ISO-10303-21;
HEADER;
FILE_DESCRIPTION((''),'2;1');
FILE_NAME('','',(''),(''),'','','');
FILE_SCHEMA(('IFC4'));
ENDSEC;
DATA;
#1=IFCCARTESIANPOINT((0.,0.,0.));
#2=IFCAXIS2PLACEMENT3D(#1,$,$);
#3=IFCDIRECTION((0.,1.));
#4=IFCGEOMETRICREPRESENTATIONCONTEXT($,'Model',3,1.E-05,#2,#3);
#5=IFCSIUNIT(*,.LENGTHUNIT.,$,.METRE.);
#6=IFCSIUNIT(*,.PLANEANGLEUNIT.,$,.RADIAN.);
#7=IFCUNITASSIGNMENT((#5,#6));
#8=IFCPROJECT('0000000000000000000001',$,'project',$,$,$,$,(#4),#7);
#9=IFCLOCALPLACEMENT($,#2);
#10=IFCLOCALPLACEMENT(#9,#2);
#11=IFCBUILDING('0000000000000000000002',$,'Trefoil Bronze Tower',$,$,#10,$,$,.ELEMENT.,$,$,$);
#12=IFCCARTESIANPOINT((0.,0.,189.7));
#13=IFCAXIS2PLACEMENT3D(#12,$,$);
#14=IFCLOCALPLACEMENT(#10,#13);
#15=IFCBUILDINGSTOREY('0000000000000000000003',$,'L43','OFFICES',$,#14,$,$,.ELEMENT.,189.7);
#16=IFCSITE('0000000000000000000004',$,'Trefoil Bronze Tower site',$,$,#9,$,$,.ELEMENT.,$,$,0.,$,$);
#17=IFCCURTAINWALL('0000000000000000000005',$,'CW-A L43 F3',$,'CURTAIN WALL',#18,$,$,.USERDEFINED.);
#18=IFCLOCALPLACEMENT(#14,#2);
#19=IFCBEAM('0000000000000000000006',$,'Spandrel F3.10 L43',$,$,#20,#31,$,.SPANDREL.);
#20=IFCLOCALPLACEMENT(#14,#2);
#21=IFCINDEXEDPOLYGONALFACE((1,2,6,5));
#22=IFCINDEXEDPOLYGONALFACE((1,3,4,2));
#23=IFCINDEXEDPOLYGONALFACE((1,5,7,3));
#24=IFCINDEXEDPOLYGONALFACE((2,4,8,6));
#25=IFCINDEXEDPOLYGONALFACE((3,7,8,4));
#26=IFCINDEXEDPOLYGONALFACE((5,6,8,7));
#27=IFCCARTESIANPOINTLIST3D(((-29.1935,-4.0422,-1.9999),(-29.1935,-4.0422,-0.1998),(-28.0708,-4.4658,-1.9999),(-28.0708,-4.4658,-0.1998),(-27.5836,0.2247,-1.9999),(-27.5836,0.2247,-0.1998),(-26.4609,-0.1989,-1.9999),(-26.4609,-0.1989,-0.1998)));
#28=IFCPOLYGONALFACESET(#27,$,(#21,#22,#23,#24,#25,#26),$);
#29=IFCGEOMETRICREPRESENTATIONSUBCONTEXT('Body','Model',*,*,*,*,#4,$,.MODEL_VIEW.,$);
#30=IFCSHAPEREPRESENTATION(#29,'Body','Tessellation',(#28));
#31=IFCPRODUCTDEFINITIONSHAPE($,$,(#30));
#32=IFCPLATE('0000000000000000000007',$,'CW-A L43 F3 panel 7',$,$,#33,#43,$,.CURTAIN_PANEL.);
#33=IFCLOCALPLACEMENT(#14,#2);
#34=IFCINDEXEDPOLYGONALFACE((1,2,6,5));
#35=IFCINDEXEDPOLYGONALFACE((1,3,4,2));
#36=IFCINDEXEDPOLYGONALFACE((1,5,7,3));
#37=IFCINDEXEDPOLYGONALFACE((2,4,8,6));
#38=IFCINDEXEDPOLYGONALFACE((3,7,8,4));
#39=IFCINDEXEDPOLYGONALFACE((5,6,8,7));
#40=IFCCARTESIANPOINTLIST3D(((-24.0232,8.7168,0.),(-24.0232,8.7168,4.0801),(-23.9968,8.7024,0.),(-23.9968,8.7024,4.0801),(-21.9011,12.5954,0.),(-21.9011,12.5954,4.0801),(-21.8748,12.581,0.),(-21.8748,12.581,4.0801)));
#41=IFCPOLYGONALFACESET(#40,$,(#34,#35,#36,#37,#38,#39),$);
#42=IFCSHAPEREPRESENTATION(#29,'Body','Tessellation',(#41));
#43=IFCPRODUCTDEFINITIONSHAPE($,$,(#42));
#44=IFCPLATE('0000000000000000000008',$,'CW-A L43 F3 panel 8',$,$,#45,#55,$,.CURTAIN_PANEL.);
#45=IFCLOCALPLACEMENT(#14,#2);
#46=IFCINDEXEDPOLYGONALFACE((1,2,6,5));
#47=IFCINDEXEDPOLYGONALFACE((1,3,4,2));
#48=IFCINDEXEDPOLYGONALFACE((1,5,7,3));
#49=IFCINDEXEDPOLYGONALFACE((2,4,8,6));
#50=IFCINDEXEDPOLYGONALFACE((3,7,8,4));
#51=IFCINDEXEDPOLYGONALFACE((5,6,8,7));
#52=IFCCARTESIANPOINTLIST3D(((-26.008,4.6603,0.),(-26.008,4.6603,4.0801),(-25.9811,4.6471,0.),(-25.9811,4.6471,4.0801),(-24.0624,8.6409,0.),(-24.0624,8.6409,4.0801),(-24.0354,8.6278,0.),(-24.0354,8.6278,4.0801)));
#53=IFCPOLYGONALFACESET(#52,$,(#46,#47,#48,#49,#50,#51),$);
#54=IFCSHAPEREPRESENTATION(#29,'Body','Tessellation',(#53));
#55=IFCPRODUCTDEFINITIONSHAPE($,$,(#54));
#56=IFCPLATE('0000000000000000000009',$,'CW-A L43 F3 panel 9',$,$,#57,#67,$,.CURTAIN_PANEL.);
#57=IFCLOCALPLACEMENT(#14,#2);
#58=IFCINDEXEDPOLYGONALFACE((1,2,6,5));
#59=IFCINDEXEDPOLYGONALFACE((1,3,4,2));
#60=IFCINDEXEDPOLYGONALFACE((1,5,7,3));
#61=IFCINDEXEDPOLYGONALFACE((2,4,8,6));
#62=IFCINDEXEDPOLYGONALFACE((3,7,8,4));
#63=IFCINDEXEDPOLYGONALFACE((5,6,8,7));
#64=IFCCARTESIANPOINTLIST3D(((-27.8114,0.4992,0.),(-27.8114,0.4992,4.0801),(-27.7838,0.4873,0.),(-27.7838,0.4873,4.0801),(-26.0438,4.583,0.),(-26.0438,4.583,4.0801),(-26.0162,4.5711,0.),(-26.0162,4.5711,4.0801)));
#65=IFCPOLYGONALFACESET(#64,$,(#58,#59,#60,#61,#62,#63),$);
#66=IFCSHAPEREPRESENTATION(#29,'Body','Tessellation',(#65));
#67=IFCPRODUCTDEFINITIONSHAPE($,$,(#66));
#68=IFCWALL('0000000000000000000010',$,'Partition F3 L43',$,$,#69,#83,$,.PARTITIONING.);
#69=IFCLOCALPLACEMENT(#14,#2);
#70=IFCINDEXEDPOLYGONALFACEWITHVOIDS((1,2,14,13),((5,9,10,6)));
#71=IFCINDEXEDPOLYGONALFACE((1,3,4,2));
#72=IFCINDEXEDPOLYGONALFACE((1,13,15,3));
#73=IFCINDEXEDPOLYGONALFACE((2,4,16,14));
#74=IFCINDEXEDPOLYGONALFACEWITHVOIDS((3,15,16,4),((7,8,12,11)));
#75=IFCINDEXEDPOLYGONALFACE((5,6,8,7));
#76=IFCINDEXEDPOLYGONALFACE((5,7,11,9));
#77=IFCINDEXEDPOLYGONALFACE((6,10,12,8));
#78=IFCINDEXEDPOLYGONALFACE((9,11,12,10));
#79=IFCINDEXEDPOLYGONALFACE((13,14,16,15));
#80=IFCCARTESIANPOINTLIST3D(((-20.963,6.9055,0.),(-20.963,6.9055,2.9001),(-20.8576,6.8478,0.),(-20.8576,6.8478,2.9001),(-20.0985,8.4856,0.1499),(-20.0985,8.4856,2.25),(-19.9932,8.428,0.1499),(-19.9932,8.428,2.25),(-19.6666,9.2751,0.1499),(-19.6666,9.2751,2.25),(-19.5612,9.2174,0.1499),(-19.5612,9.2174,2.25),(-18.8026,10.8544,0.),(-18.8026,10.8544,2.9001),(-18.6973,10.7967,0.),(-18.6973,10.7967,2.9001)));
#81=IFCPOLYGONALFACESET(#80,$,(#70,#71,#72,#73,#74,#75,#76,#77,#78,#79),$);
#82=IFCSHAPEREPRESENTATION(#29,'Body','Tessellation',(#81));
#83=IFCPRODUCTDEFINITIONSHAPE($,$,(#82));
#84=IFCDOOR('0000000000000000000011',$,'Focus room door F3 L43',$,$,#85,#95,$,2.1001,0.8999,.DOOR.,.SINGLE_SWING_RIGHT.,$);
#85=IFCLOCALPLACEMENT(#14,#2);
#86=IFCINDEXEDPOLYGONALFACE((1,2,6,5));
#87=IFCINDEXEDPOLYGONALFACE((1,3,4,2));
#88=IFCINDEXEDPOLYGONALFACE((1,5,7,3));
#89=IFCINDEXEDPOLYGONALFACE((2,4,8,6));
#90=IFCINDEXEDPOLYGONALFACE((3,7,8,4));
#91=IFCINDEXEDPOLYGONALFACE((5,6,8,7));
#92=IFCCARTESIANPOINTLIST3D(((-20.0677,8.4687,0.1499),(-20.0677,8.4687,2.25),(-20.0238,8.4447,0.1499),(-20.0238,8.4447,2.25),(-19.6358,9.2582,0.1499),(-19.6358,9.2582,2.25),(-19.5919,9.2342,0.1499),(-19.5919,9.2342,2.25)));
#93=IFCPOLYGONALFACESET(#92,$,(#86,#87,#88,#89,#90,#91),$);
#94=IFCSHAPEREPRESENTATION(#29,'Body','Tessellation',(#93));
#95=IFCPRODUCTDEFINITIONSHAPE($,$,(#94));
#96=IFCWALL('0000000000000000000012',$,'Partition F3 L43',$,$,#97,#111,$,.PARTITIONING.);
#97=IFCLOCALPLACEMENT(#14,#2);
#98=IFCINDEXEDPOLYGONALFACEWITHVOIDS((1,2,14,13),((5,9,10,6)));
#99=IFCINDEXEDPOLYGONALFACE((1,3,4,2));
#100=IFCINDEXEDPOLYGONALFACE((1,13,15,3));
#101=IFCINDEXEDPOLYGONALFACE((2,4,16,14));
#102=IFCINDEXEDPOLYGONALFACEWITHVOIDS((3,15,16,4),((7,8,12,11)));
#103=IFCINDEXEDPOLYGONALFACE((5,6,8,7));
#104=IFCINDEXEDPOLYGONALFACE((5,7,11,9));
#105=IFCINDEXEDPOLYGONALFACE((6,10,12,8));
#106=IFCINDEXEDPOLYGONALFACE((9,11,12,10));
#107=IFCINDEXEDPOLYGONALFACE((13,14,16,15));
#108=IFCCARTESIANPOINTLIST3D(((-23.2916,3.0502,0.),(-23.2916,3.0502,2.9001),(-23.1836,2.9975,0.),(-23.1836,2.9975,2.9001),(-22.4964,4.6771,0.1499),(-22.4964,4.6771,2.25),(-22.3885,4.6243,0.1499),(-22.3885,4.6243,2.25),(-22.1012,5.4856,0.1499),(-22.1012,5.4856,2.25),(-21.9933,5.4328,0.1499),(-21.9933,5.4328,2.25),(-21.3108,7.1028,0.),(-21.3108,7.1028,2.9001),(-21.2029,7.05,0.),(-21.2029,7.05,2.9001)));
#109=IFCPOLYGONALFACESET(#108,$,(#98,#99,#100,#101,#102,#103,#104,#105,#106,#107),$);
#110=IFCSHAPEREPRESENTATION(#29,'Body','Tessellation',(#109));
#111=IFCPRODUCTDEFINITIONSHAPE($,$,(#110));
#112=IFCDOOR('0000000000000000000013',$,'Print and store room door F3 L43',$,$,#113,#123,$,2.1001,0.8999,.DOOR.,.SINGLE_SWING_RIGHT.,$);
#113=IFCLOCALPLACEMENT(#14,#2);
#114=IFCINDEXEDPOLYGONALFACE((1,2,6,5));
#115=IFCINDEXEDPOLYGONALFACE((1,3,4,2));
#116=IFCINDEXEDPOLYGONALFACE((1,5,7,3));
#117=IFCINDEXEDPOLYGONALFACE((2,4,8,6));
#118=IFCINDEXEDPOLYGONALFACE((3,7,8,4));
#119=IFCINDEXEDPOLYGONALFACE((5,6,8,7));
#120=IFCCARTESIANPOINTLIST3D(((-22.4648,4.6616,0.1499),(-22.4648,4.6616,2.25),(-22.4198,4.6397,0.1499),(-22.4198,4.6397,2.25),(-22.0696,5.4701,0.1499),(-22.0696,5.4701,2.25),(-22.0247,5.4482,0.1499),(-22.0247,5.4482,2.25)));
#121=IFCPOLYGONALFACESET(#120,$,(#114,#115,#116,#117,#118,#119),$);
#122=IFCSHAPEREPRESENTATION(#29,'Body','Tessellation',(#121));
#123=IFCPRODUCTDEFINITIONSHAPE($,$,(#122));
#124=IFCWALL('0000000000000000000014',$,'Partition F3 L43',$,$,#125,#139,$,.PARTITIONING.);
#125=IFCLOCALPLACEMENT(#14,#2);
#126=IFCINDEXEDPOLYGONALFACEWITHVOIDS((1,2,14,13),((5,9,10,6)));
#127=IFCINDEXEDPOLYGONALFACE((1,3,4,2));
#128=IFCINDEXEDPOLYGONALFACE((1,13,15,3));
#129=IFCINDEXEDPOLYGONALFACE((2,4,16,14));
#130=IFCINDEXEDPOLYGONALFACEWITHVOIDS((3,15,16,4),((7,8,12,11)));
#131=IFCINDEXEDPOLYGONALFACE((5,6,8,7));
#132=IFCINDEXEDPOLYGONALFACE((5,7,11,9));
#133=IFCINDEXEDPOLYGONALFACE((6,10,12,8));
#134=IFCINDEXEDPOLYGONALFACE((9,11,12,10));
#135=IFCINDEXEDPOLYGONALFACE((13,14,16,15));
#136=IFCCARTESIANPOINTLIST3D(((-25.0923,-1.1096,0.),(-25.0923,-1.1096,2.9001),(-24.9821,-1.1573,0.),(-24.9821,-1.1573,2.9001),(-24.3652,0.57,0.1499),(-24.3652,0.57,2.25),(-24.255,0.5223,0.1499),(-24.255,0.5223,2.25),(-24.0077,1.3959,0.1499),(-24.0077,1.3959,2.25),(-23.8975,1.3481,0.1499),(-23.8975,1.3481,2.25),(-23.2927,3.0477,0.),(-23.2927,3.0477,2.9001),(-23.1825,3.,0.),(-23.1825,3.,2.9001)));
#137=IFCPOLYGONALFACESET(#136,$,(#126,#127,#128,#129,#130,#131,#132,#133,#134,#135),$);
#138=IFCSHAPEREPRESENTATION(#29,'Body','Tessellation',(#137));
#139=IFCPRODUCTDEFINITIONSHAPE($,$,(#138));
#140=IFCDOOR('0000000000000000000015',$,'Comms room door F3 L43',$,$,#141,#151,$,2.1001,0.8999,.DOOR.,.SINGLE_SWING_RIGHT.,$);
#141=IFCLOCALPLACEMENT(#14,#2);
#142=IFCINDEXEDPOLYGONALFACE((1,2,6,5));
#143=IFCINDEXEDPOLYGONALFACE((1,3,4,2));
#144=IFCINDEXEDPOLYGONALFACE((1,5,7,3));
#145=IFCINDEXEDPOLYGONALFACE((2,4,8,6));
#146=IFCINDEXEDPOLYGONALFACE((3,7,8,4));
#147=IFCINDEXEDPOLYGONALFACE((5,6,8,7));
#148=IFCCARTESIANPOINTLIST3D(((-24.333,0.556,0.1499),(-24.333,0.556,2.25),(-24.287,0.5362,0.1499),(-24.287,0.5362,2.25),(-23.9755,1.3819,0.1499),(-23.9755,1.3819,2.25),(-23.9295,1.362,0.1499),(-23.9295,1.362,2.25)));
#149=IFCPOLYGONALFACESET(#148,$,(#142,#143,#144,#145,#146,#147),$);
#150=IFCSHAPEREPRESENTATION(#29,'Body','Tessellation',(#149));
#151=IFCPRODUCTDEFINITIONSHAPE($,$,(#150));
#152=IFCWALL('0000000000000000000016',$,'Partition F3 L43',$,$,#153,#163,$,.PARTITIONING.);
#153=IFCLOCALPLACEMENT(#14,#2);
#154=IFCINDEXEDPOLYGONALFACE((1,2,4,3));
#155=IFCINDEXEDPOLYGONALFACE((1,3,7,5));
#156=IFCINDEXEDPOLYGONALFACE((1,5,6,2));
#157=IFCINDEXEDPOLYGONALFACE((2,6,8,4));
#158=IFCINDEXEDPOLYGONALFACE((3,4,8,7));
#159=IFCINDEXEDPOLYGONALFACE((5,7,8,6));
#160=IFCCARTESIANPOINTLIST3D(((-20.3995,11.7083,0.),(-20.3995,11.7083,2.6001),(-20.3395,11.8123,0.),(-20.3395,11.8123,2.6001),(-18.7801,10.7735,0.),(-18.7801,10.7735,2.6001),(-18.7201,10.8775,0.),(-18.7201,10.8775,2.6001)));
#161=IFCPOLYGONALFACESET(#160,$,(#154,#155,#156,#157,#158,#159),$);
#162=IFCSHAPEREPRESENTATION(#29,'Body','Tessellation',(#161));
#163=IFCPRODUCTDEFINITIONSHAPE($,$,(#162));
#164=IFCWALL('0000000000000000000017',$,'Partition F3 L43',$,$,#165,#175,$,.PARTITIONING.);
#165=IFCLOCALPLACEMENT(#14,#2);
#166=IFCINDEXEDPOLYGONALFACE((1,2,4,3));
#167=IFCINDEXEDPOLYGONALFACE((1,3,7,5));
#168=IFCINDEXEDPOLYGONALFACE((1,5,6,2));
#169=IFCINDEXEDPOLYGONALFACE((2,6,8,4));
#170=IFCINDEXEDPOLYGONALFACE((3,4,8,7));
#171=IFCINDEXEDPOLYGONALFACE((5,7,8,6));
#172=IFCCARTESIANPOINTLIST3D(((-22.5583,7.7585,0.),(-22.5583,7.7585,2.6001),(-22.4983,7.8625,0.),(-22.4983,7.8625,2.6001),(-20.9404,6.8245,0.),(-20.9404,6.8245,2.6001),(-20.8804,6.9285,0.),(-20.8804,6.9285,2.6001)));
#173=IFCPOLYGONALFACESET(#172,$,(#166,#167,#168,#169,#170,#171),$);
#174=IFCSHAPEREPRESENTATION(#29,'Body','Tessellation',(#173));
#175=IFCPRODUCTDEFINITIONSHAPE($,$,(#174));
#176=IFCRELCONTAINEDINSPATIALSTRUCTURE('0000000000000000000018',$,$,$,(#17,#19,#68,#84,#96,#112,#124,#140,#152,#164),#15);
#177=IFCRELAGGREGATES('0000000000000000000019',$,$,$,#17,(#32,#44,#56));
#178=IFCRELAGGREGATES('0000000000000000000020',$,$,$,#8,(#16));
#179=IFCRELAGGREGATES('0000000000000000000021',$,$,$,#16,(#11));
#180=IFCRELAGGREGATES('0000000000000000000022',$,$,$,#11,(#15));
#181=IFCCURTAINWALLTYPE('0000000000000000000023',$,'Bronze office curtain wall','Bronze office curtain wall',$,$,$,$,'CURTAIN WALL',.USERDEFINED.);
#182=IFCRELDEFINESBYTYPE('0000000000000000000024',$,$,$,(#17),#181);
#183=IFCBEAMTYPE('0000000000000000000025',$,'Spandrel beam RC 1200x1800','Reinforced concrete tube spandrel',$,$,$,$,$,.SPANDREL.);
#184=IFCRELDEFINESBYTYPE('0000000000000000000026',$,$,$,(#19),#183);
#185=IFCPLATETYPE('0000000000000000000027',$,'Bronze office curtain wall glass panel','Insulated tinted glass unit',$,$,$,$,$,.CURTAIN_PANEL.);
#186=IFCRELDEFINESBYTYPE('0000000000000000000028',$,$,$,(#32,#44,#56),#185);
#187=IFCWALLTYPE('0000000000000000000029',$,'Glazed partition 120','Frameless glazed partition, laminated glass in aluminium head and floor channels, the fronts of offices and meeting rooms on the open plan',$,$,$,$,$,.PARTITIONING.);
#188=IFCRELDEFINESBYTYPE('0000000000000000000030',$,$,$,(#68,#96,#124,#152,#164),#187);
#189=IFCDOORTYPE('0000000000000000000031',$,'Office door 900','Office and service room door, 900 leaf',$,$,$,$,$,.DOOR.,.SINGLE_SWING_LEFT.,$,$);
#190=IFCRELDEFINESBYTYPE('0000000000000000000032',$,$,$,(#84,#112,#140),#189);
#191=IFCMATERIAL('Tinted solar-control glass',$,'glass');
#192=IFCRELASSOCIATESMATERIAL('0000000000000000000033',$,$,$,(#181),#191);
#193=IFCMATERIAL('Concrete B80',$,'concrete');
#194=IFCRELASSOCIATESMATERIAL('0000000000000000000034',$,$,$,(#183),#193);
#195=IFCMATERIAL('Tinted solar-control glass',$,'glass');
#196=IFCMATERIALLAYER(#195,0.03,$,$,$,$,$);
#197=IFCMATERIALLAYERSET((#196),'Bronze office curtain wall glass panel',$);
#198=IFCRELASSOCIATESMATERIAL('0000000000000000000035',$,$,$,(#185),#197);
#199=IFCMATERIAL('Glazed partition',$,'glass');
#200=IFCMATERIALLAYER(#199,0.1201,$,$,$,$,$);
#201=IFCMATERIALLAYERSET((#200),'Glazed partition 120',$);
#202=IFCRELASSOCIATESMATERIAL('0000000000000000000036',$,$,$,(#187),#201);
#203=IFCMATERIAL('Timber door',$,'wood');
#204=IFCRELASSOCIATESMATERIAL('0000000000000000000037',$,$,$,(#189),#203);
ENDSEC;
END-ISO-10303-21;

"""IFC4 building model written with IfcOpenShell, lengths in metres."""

from ifc_helpers import new_model, si_unit, direction, frame, frame_2d, origin, origin_2d, place, context, subcontext, project, spatial, rectangle, extrude, material, layer, layer_set, material_profile, profile_set, type_object, element, fill, aggregate, save


model = new_model("IFC4")

# Units and contexts
model_context = context("Model", 3, precision=1e-05, world=origin(), true_north=direction((0.0, 1.0)))
body_context = subcontext(model_context, "Body", "Model", "MODEL_VIEW")
ifc_project = project(units=[si_unit("LENGTHUNIT", "METRE"), si_unit("PLANEANGLEUNIT", "RADIAN")], contexts=[model_context])

# Site, building, storey
site_placement = place(None, origin())
site = spatial("IfcSite", under=ifc_project, at=site_placement, Name="Trefoil Bronze Tower site", CompositionType="ELEMENT", RefElevation=0.0)
building_placement = place(site_placement, origin())
building = spatial("IfcBuilding", under=site, at=building_placement, Name="Trefoil Bronze Tower", CompositionType="ELEMENT")
storey_placement = place(building_placement, frame((0.0, 0.0, 189.7)))
storey = spatial("IfcBuildingStorey", under=building, at=storey_placement, Name="L43", Description="OFFICES", CompositionType="ELEMENT", Elevation=189.7)

# Curtain wall
ifc_material_1 = material(Name="Tinted solar-control glass", Category="glass")
curtain_wall_type = type_object("IfcCurtainWallType", Name="Bronze office curtain wall", Description="Bronze office curtain wall", ElementType="CURTAIN WALL", PredefinedType="USERDEFINED", material=ifc_material_1)
curtain_wall_placement = place(storey_placement, origin())
curtain_wall = element("IfcCurtainWall", 1, at=curtain_wall_placement, inside=storey, type_object=curtain_wall_type, Name="CW-A L43 F3", ObjectType="CURTAIN WALL", PredefinedType="USERDEFINED")

# Beam
ifc_material_2 = material(Name="Concrete B80", Category="concrete")
ifc_material_profile_1 = material_profile(ifc_material_2, rectangle(XDim=1.2, YDim=1.8, at=origin_2d()), Name="RC 1200x1800")
ifc_profile_set_1 = profile_set([ifc_material_profile_1], Name="Concrete B80")
beam_type_1 = type_object("IfcBeamType", Name="Spandrel beam RC 1200x1800", Description="Reinforced concrete tube spandrel", PredefinedType="SPANDREL", material=ifc_profile_set_1)
beam_1_placement = place(storey_placement, frame((-27.0222, 0.0129, -1.0999), z_axis=(-0.353006, -0.935621, 0.0), x_axis=(0.935621, -0.353006, 0.0)))
element("IfcBeam", 2, at=beam_1_placement, inside=storey, type_object=beam_type_1, Name="Spandrel F3.10 L43", PredefinedType="SPANDREL", context=body_context, shape_type="SweptSolid", body=[
    extrude(rectangle(XDim=1.2, YDim=1.8, at=origin_2d()), origin(), (0.0, 0.0, 1.0), 4.5605),
])

# Plates
ifc_material_3 = material(Name="Tinted solar-control glass", Category="glass")
ifc_layer_1 = layer(ifc_material_3, 0.03)
ifc_layer_set_1 = layer_set([ifc_layer_1], Name="Bronze office curtain wall glass panel")
plate_type = type_object("IfcPlateType", Name="Bronze office curtain wall glass panel", Description="Insulated tinted glass unit", PredefinedType="CURTAIN_PANEL", material=ifc_layer_set_1)
plate_1_placement = place(storey_placement, frame((-22.949, 10.6489, 0.0), z_axis=(0.0, 0.0, 1.0), x_axis=(-0.479974, -0.877283, 0.0)))
plate_1 = element("IfcPlate", 3, at=plate_1_placement, type_object=plate_type, Name="CW-A L43 F3 panel 7", PredefinedType="CURTAIN_PANEL", context=body_context, shape_type="SweptSolid", body=[
    extrude(rectangle(XDim=4.4211, YDim=0.03, at=origin_2d()), origin(), (0.0, 0.0, 1.0), 4.0801),
])
plate_2_placement = place(storey_placement, frame((-25.0217, 6.644, 0.0), z_axis=(0.0, 0.0, 1.0), x_axis=(-0.439129, -0.898424, 0.0)))
plate_2 = element("IfcPlate", 4, at=plate_2_placement, type_object=plate_type, Name="CW-A L43 F3 panel 8", PredefinedType="CURTAIN_PANEL", context=body_context, shape_type="SweptSolid", body=[
    extrude(rectangle(XDim=4.4307, YDim=0.03, at=origin_2d()), origin(), (0.0, 0.0, 1.0), 4.0801),
])
plate_3_placement = place(storey_placement, frame((-26.9138, 2.5352, 0.0), z_axis=(0.0, 0.0, 1.0), x_axis=(-0.39722, -0.917723, 0.0)))
plate_3 = element("IfcPlate", 5, at=plate_3_placement, type_object=plate_type, Name="CW-A L43 F3 panel 9", PredefinedType="CURTAIN_PANEL", context=body_context, shape_type="SweptSolid", body=[
    extrude(rectangle(XDim=4.45, YDim=0.03, at=origin_2d()), origin(), (0.0, 0.0, 1.0), 4.0801),
])
aggregate(curtain_wall, [plate_1, plate_2, plate_3])

# Walls, openings, doors
ifc_material_4 = material(Name="Glazed partition", Category="glass")
ifc_layer_2 = layer(ifc_material_4, 0.1201)
ifc_layer_set_2 = layer_set([ifc_layer_2], Name="Glazed partition 120")
wall_type = type_object("IfcWallType", Name="Glazed partition 120", Description="Frameless glazed partition, laminated glass in aluminium head and floor channels, the fronts of offices and meeting rooms on the open plan", PredefinedType="PARTITIONING", material=ifc_layer_set_2)
wall_1_placement = place(storey_placement, frame((-18.75, 10.8254, 0.0), z_axis=(0.0, 0.0, 1.0), x_axis=(-0.47995, -0.877296, 0.0)))
wall_1 = element("IfcWall", 6, at=wall_1_placement, inside=storey, type_object=wall_type, Name="Partition F3 L43", PredefinedType="PARTITIONING", context=body_context, shape_type="SweptSolid", body=[
    extrude(rectangle(XDim=4.5012, YDim=0.1201, at=frame_2d((2.2505, 0.0))), origin(), (0.0, 0.0, 1.0), 2.9001),
])
opening_1_placement = place(wall_1_placement, frame((1.8, 0.0, 0.1499)))
opening_1 = element("IfcOpeningElement", 7, at=opening_1_placement, cuts=wall_1, PredefinedType="OPENING", context=body_context, shape_type="SweptSolid", body=[
    extrude(rectangle(XDim=0.8999, YDim=2.1001, at=frame_2d((0.45, 1.05))), frame((0.0, 0.0701, 0.0), z_axis=(0.0, -1.0, 0.0), x_axis=(1.0, 0.0, 0.0)), (0.0, 0.0, 1.0), 0.1401),
])
ifc_material_5 = material(Name="Timber door", Category="wood")
door_type = type_object("IfcDoorType", Name="Office door 900", Description="Office and service room door, 900 leaf", OperationType="SINGLE_SWING_LEFT", PredefinedType="DOOR", material=ifc_material_5)
door_1_placement = place(opening_1_placement, frame((0.8999, 0.0, 0.0), z_axis=(0.0, 0.0, 1.0), x_axis=(-1.0, 0.0, 0.0)))
door_1 = element("IfcDoor", 8, at=door_1_placement, inside=storey, type_object=door_type, Name="Focus room door F3 L43", OperationType="SINGLE_SWING_RIGHT", OverallHeight=2.1001, OverallWidth=0.8999, PredefinedType="DOOR", context=body_context, shape_type="SweptSolid", body=[
    extrude(rectangle(XDim=0.8999, YDim=2.1001, at=frame_2d((0.45, 1.05))), frame((0.0, 0.0249, 0.0), z_axis=(0.0, -1.0, 0.0), x_axis=(1.0, 0.0, 0.0)), (0.0, 0.0, 1.0), 0.05),
])
fill(opening_1, door_1)
wall_2_placement = place(storey_placement, frame((-21.2568, 7.0764, 0.0), z_axis=(0.0, 0.0, 1.0), x_axis=(-0.43912, -0.898428, 0.0)))
wall_2 = element("IfcWall", 9, at=wall_2_placement, inside=storey, type_object=wall_type, Name="Partition F3 L43", PredefinedType="PARTITIONING", context=body_context, shape_type="SweptSolid", body=[
    extrude(rectangle(XDim=4.5107, YDim=0.1201, at=frame_2d((2.2554, 0.0))), origin(), (0.0, 0.0, 1.0), 2.9001),
])
opening_2_placement = place(wall_2_placement, frame((1.8, 0.0, 0.1499)))
opening_2 = element("IfcOpeningElement", 10, at=opening_2_placement, cuts=wall_2, PredefinedType="OPENING", context=body_context, shape_type="SweptSolid", body=[
    extrude(rectangle(XDim=0.8999, YDim=2.1001, at=frame_2d((0.45, 1.05))), frame((0.0, 0.0701, 0.0), z_axis=(0.0, -1.0, 0.0), x_axis=(1.0, 0.0, 0.0)), (0.0, 0.0, 1.0), 0.1401),
])
door_2_placement = place(opening_2_placement, frame((0.8999, 0.0, 0.0), z_axis=(0.0, 0.0, 1.0), x_axis=(-1.0, 0.0, 0.0)))
door_2 = element("IfcDoor", 11, at=door_2_placement, inside=storey, type_object=door_type, Name="Print and store room door F3 L43", OperationType="SINGLE_SWING_RIGHT", OverallHeight=2.1001, OverallWidth=0.8999, PredefinedType="DOOR", context=body_context, shape_type="SweptSolid", body=[
    extrude(rectangle(XDim=0.8999, YDim=2.1001, at=frame_2d((0.45, 1.05))), frame((0.0, 0.0249, 0.0), z_axis=(0.0, -1.0, 0.0), x_axis=(1.0, 0.0, 0.0)), (0.0, 0.0, 1.0), 0.05),
])
fill(opening_2, door_2)
wall_3_placement = place(storey_placement, frame((-23.2375, 3.0239, 0.0), z_axis=(0.0, 0.0, 1.0), x_axis=(-0.397253, -0.917709, 0.0)))
wall_3 = element("IfcWall", 12, at=wall_3_placement, inside=storey, type_object=wall_type, Name="Partition F3 L43", PredefinedType="PARTITIONING", context=body_context, shape_type="SweptSolid", body=[
    extrude(rectangle(XDim=4.53, YDim=0.1201, at=frame_2d((2.2651, 0.0))), origin(), (0.0, 0.0, 1.0), 2.9001),
])
opening_3_placement = place(wall_3_placement, frame((1.8, 0.0, 0.1499)))
opening_3 = element("IfcOpeningElement", 13, at=opening_3_placement, cuts=wall_3, PredefinedType="OPENING", context=body_context, shape_type="SweptSolid", body=[
    extrude(rectangle(XDim=0.8999, YDim=2.1001, at=frame_2d((0.45, 1.05))), frame((0.0, 0.0701, 0.0), z_axis=(0.0, -1.0, 0.0), x_axis=(1.0, 0.0, 0.0)), (0.0, 0.0, 1.0), 0.1401),
])
door_3_placement = place(opening_3_placement, frame((0.8999, 0.0, 0.0), z_axis=(0.0, 0.0, 1.0), x_axis=(-1.0, 0.0, 0.0)))
door_3 = element("IfcDoor", 14, at=door_3_placement, inside=storey, type_object=door_type, Name="Comms room door F3 L43", OperationType="SINGLE_SWING_RIGHT", OverallHeight=2.1001, OverallWidth=0.8999, PredefinedType="DOOR", context=body_context, shape_type="SweptSolid", body=[
    extrude(rectangle(XDim=0.8999, YDim=2.1001, at=frame_2d((0.45, 1.05))), frame((0.0, 0.0249, 0.0), z_axis=(0.0, -1.0, 0.0), x_axis=(1.0, 0.0, 0.0)), (0.0, 0.0, 1.0), 0.05),
])
fill(opening_3, door_3)

# Walls
wall_4_placement = place(storey_placement, frame((-18.75, 10.8254, 0.0), z_axis=(0.0, 0.0, 1.0), x_axis=(-0.866057, 0.499945, 0.0)))
element("IfcWall", 15, at=wall_4_placement, inside=storey, type_object=wall_type, Name="Partition F3 L43", PredefinedType="PARTITIONING", context=body_context, shape_type="SweptSolid", body=[
    extrude(rectangle(XDim=1.8699, YDim=0.1201, at=frame_2d((0.9351, 0.0))), origin(), (0.0, 0.0, 1.0), 2.6001),
])
wall_5_placement = place(storey_placement, frame((-20.9104, 6.8765, 0.0), z_axis=(0.0, 0.0, 1.0), x_axis=(-0.866031, 0.49999, 0.0)))
element("IfcWall", 16, at=wall_5_placement, inside=storey, type_object=wall_type, Name="Partition F3 L43", PredefinedType="PARTITIONING", context=body_context, shape_type="SweptSolid", body=[
    extrude(rectangle(XDim=1.8682, YDim=0.1201, at=frame_2d((0.9341, 0.0))), origin(), (0.0, 0.0, 1.0), 2.6001),
])

save(model, "model.ifc")
